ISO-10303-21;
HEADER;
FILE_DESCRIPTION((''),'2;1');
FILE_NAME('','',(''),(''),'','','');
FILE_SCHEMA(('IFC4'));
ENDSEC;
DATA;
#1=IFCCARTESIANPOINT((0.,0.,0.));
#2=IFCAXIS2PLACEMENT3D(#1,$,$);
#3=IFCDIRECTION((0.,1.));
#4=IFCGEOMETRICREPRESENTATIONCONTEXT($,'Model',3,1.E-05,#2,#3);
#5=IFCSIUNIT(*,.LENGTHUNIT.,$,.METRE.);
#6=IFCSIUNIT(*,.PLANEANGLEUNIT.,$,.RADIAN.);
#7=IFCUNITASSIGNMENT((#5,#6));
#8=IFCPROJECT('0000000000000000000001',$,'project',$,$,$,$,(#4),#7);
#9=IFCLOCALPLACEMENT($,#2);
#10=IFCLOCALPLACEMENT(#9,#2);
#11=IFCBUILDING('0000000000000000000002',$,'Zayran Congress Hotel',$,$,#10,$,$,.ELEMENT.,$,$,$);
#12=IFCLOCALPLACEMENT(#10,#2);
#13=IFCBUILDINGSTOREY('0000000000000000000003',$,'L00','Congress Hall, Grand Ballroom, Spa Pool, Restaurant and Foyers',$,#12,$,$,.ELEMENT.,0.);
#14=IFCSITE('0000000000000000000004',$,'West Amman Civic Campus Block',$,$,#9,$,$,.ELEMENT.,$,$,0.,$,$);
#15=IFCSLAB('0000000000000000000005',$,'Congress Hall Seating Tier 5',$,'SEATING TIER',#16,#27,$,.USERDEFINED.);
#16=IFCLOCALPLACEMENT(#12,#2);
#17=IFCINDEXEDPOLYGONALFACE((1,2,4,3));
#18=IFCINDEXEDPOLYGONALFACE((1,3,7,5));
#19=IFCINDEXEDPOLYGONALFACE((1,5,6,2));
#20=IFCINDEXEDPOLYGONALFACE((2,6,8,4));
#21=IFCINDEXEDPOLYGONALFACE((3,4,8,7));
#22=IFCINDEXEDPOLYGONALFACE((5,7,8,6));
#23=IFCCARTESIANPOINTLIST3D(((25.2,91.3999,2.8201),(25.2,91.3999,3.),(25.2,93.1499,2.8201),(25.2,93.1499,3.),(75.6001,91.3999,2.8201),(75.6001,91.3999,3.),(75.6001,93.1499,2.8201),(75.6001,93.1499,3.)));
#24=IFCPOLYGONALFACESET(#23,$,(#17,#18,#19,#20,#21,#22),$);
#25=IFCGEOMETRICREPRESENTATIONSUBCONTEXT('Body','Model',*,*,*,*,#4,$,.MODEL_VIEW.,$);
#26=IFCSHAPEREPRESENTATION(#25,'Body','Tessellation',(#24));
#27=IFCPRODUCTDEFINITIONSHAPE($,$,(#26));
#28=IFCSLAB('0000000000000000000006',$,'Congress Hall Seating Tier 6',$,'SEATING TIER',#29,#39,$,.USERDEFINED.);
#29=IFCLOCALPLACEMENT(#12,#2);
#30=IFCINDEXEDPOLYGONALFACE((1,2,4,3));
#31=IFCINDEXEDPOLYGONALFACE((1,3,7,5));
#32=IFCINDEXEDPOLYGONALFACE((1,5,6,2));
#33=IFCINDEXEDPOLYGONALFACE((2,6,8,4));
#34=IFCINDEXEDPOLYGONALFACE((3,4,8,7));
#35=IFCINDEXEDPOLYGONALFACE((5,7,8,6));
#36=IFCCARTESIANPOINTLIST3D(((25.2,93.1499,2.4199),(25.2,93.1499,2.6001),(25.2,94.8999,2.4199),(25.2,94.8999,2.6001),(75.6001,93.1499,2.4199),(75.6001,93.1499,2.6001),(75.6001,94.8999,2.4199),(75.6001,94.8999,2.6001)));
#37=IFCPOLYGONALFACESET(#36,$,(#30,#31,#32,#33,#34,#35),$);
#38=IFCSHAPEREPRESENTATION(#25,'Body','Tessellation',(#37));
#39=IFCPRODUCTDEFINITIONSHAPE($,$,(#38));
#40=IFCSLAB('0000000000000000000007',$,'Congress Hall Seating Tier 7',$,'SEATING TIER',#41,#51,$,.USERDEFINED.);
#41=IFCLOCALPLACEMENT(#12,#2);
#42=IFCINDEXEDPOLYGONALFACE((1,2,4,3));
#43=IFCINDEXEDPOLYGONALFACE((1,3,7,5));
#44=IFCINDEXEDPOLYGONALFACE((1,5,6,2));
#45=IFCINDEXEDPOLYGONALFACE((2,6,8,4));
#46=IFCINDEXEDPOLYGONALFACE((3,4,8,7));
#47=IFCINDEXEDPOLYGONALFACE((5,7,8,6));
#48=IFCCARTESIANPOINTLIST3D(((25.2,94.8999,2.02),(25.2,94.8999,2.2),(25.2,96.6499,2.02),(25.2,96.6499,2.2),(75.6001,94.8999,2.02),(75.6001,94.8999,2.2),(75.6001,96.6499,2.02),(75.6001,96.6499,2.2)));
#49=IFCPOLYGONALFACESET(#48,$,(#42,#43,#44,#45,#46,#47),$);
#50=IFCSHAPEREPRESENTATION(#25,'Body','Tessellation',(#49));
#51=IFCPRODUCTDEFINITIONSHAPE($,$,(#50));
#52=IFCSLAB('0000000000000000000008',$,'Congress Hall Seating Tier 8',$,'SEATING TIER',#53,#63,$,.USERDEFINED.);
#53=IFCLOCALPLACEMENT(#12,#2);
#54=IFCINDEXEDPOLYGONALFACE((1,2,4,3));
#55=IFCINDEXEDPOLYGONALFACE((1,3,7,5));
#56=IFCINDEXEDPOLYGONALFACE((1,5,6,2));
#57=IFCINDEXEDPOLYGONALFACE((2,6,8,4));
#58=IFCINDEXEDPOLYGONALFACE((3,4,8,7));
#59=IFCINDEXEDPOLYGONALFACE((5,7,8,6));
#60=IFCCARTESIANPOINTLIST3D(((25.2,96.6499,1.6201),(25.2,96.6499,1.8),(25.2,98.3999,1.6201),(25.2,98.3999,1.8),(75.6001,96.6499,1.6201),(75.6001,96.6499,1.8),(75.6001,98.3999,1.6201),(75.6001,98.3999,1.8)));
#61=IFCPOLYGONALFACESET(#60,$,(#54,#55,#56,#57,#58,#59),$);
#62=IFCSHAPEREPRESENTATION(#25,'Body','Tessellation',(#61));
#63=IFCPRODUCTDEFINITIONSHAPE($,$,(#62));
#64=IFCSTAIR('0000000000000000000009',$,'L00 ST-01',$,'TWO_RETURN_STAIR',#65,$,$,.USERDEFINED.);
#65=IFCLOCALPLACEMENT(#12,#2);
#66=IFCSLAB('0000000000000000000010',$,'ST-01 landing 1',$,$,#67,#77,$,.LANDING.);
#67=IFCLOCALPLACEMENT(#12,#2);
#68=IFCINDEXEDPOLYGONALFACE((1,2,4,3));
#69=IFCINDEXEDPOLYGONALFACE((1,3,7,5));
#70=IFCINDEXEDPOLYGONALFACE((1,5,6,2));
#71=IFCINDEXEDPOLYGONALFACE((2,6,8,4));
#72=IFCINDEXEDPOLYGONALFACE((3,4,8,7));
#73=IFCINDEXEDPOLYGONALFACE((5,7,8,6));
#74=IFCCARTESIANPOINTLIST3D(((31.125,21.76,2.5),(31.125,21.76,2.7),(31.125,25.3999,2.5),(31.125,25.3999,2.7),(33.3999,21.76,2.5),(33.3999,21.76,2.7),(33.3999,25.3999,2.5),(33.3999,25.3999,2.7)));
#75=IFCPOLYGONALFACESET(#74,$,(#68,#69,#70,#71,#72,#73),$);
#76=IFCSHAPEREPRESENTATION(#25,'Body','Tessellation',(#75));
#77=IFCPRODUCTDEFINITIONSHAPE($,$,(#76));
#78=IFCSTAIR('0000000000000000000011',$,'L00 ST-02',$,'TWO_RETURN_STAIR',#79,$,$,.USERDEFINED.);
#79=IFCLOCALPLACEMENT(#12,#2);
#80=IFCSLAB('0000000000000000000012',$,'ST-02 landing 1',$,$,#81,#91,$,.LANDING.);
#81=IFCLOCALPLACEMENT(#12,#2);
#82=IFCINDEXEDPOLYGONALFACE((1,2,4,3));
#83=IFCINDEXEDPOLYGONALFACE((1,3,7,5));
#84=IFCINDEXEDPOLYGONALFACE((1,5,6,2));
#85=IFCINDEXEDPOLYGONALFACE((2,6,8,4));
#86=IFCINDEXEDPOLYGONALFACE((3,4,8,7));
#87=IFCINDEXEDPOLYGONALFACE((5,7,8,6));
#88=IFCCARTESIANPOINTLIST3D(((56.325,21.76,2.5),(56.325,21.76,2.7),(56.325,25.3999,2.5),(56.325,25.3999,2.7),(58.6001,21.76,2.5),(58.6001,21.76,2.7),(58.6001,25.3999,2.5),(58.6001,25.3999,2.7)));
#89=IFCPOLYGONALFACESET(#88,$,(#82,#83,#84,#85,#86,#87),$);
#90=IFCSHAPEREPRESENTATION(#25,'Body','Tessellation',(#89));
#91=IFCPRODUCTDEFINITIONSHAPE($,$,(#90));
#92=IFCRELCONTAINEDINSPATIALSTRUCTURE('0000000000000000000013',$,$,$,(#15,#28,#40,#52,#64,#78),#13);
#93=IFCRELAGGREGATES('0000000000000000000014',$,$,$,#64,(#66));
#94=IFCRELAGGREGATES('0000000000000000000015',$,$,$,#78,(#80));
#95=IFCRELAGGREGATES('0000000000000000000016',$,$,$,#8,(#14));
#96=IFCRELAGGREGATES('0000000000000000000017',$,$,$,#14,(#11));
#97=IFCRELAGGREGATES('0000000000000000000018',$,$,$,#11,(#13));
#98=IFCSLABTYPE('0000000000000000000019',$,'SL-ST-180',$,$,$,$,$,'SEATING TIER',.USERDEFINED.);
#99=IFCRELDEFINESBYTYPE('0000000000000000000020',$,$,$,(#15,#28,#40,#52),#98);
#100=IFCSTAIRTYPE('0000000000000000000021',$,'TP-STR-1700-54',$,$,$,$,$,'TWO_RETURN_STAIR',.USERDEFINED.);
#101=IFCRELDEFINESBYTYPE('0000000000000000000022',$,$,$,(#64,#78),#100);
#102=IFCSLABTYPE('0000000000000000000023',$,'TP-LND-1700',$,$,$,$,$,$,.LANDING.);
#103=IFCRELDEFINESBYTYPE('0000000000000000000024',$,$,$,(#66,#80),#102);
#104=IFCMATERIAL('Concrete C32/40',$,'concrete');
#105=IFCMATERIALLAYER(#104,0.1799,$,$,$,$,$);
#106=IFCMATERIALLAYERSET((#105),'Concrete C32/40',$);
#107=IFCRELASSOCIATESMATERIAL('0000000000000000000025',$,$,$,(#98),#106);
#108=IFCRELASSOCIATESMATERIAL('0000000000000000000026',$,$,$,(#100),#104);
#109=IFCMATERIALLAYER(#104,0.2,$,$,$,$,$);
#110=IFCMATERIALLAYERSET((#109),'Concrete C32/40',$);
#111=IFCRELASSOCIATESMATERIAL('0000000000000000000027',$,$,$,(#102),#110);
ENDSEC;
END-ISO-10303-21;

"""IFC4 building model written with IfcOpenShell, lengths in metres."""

from ifc_helpers import new_model, si_unit, direction, frame, origin, place, context, subcontext, project, spatial, polyline, outline, extrude, material, layer, layer_set, type_object, element, aggregate, save


model = new_model("IFC4")

# Units and contexts
model_context = context("Model", 3, precision=1e-05, world=origin(), true_north=direction((0.0, 1.0)))
body_context = subcontext(model_context, "Body", "Model", "MODEL_VIEW")
ifc_project = project(units=[si_unit("LENGTHUNIT", "METRE"), si_unit("PLANEANGLEUNIT", "RADIAN")], contexts=[model_context])

# Site, building, storey
site_placement = place(None, origin())
site = spatial("IfcSite", under=ifc_project, at=site_placement, Name="West Amman Civic Campus Block", CompositionType="ELEMENT", RefElevation=0.0)
building_placement = place(site_placement, origin())
building = spatial("IfcBuilding", under=site, at=building_placement, Name="Zayran Congress Hotel", CompositionType="ELEMENT")
storey_placement = place(building_placement, origin())
storey = spatial("IfcBuildingStorey", under=building, at=storey_placement, Name="L00", Description="Congress Hall, Grand Ballroom, Spa Pool, Restaurant and Foyers", CompositionType="ELEMENT", Elevation=0.0)

# Slabs
ifc_material_1 = material(Name="Concrete C32/40", Category="concrete")
ifc_layer_1 = layer(ifc_material_1, 0.1799)
ifc_layer_set_1 = layer_set([ifc_layer_1], Name="Concrete C32/40")
slab_type_1 = type_object("IfcSlabType", Name="SL-ST-180", ElementType="SEATING TIER", PredefinedType="USERDEFINED", material=ifc_layer_set_1)
slab_1_placement = place(storey_placement, frame((0.0, 0.0, 2.8201)))
element("IfcSlab", 1, at=slab_1_placement, inside=storey, type_object=slab_type_1, Name="Congress Hall Seating Tier 5", ObjectType="SEATING TIER", PredefinedType="USERDEFINED", context=body_context, shape_type="SweptSolid", body=[
    extrude(outline(polyline([(25.2, 91.3999), (75.6001, 91.3999), (75.6001, 93.1499), (25.2, 93.1499), (25.2, 91.3999)])), origin(), (0.0, 0.0, 1.0), 0.1799),
])
slab_2_placement = place(storey_placement, frame((0.0, 0.0, 2.4199)))
element("IfcSlab", 2, at=slab_2_placement, inside=storey, type_object=slab_type_1, Name="Congress Hall Seating Tier 6", ObjectType="SEATING TIER", PredefinedType="USERDEFINED", context=body_context, shape_type="SweptSolid", body=[
    extrude(outline(polyline([(25.2, 93.1499), (75.6001, 93.1499), (75.6001, 94.8999), (25.2, 94.8999), (25.2, 93.1499)])), origin(), (0.0, 0.0, 1.0), 0.1802),
])
slab_3_placement = place(storey_placement, frame((0.0, 0.0, 2.02)))
element("IfcSlab", 3, at=slab_3_placement, inside=storey, type_object=slab_type_1, Name="Congress Hall Seating Tier 7", ObjectType="SEATING TIER", PredefinedType="USERDEFINED", context=body_context, shape_type="SweptSolid", body=[
    extrude(outline(polyline([(25.2, 94.8999), (75.6001, 94.8999), (75.6001, 96.6499), (25.2, 96.6499), (25.2, 94.8999)])), origin(), (0.0, 0.0, 1.0), 0.1799),
])
slab_4_placement = place(storey_placement, frame((0.0, 0.0, 1.6201)))
element("IfcSlab", 4, at=slab_4_placement, inside=storey, type_object=slab_type_1, Name="Congress Hall Seating Tier 8", ObjectType="SEATING TIER", PredefinedType="USERDEFINED", context=body_context, shape_type="SweptSolid", body=[
    extrude(outline(polyline([(25.2, 96.6499), (75.6001, 96.6499), (75.6001, 98.3999), (25.2, 98.3999), (25.2, 96.6499)])), origin(), (0.0, 0.0, 1.0), 0.1799),
])

# Stairs, slabs
stair_type = type_object("IfcStairType", Name="TP-STR-1700-54", ElementType="TWO_RETURN_STAIR", PredefinedType="USERDEFINED", material=ifc_material_1)
stair_1_placement = place(storey_placement, origin())
stair_1 = element("IfcStair", 5, at=stair_1_placement, inside=storey, type_object=stair_type, Name="L00 ST-01", ObjectType="TWO_RETURN_STAIR", PredefinedType="USERDEFINED")
ifc_layer_2 = layer(ifc_material_1, 0.2)
ifc_layer_set_2 = layer_set([ifc_layer_2], Name="Concrete C32/40")
slab_type_2 = type_object("IfcSlabType", Name="TP-LND-1700", PredefinedType="LANDING", material=ifc_layer_set_2)
slab_5_placement = place(storey_placement, frame((0.0, 0.0, 2.5)))
slab_5 = element("IfcSlab", 6, at=slab_5_placement, type_object=slab_type_2, Name="ST-01 landing 1", PredefinedType="LANDING", context=body_context, shape_type="SweptSolid", body=[
    extrude(outline(polyline([(31.125, 21.76), (33.3999, 21.76), (33.3999, 25.3999), (31.125, 25.3999), (31.125, 21.76)])), origin(), (0.0, 0.0, 1.0), 0.2),
])
aggregate(stair_1, [slab_5])
stair_2_placement = place(storey_placement, origin())
stair_2 = element("IfcStair", 7, at=stair_2_placement, inside=storey, type_object=stair_type, Name="L00 ST-02", ObjectType="TWO_RETURN_STAIR", PredefinedType="USERDEFINED")
slab_6_placement = place(storey_placement, frame((0.0, 0.0, 2.5)))
slab_6 = element("IfcSlab", 8, at=slab_6_placement, type_object=slab_type_2, Name="ST-02 landing 1", PredefinedType="LANDING", context=body_context, shape_type="SweptSolid", body=[
    extrude(outline(polyline([(56.325, 21.76), (58.6001, 21.76), (58.6001, 25.3999), (56.325, 25.3999), (56.325, 21.76)])), origin(), (0.0, 0.0, 1.0), 0.2),
])
aggregate(stair_2, [slab_6])

save(model, "model.ifc")
